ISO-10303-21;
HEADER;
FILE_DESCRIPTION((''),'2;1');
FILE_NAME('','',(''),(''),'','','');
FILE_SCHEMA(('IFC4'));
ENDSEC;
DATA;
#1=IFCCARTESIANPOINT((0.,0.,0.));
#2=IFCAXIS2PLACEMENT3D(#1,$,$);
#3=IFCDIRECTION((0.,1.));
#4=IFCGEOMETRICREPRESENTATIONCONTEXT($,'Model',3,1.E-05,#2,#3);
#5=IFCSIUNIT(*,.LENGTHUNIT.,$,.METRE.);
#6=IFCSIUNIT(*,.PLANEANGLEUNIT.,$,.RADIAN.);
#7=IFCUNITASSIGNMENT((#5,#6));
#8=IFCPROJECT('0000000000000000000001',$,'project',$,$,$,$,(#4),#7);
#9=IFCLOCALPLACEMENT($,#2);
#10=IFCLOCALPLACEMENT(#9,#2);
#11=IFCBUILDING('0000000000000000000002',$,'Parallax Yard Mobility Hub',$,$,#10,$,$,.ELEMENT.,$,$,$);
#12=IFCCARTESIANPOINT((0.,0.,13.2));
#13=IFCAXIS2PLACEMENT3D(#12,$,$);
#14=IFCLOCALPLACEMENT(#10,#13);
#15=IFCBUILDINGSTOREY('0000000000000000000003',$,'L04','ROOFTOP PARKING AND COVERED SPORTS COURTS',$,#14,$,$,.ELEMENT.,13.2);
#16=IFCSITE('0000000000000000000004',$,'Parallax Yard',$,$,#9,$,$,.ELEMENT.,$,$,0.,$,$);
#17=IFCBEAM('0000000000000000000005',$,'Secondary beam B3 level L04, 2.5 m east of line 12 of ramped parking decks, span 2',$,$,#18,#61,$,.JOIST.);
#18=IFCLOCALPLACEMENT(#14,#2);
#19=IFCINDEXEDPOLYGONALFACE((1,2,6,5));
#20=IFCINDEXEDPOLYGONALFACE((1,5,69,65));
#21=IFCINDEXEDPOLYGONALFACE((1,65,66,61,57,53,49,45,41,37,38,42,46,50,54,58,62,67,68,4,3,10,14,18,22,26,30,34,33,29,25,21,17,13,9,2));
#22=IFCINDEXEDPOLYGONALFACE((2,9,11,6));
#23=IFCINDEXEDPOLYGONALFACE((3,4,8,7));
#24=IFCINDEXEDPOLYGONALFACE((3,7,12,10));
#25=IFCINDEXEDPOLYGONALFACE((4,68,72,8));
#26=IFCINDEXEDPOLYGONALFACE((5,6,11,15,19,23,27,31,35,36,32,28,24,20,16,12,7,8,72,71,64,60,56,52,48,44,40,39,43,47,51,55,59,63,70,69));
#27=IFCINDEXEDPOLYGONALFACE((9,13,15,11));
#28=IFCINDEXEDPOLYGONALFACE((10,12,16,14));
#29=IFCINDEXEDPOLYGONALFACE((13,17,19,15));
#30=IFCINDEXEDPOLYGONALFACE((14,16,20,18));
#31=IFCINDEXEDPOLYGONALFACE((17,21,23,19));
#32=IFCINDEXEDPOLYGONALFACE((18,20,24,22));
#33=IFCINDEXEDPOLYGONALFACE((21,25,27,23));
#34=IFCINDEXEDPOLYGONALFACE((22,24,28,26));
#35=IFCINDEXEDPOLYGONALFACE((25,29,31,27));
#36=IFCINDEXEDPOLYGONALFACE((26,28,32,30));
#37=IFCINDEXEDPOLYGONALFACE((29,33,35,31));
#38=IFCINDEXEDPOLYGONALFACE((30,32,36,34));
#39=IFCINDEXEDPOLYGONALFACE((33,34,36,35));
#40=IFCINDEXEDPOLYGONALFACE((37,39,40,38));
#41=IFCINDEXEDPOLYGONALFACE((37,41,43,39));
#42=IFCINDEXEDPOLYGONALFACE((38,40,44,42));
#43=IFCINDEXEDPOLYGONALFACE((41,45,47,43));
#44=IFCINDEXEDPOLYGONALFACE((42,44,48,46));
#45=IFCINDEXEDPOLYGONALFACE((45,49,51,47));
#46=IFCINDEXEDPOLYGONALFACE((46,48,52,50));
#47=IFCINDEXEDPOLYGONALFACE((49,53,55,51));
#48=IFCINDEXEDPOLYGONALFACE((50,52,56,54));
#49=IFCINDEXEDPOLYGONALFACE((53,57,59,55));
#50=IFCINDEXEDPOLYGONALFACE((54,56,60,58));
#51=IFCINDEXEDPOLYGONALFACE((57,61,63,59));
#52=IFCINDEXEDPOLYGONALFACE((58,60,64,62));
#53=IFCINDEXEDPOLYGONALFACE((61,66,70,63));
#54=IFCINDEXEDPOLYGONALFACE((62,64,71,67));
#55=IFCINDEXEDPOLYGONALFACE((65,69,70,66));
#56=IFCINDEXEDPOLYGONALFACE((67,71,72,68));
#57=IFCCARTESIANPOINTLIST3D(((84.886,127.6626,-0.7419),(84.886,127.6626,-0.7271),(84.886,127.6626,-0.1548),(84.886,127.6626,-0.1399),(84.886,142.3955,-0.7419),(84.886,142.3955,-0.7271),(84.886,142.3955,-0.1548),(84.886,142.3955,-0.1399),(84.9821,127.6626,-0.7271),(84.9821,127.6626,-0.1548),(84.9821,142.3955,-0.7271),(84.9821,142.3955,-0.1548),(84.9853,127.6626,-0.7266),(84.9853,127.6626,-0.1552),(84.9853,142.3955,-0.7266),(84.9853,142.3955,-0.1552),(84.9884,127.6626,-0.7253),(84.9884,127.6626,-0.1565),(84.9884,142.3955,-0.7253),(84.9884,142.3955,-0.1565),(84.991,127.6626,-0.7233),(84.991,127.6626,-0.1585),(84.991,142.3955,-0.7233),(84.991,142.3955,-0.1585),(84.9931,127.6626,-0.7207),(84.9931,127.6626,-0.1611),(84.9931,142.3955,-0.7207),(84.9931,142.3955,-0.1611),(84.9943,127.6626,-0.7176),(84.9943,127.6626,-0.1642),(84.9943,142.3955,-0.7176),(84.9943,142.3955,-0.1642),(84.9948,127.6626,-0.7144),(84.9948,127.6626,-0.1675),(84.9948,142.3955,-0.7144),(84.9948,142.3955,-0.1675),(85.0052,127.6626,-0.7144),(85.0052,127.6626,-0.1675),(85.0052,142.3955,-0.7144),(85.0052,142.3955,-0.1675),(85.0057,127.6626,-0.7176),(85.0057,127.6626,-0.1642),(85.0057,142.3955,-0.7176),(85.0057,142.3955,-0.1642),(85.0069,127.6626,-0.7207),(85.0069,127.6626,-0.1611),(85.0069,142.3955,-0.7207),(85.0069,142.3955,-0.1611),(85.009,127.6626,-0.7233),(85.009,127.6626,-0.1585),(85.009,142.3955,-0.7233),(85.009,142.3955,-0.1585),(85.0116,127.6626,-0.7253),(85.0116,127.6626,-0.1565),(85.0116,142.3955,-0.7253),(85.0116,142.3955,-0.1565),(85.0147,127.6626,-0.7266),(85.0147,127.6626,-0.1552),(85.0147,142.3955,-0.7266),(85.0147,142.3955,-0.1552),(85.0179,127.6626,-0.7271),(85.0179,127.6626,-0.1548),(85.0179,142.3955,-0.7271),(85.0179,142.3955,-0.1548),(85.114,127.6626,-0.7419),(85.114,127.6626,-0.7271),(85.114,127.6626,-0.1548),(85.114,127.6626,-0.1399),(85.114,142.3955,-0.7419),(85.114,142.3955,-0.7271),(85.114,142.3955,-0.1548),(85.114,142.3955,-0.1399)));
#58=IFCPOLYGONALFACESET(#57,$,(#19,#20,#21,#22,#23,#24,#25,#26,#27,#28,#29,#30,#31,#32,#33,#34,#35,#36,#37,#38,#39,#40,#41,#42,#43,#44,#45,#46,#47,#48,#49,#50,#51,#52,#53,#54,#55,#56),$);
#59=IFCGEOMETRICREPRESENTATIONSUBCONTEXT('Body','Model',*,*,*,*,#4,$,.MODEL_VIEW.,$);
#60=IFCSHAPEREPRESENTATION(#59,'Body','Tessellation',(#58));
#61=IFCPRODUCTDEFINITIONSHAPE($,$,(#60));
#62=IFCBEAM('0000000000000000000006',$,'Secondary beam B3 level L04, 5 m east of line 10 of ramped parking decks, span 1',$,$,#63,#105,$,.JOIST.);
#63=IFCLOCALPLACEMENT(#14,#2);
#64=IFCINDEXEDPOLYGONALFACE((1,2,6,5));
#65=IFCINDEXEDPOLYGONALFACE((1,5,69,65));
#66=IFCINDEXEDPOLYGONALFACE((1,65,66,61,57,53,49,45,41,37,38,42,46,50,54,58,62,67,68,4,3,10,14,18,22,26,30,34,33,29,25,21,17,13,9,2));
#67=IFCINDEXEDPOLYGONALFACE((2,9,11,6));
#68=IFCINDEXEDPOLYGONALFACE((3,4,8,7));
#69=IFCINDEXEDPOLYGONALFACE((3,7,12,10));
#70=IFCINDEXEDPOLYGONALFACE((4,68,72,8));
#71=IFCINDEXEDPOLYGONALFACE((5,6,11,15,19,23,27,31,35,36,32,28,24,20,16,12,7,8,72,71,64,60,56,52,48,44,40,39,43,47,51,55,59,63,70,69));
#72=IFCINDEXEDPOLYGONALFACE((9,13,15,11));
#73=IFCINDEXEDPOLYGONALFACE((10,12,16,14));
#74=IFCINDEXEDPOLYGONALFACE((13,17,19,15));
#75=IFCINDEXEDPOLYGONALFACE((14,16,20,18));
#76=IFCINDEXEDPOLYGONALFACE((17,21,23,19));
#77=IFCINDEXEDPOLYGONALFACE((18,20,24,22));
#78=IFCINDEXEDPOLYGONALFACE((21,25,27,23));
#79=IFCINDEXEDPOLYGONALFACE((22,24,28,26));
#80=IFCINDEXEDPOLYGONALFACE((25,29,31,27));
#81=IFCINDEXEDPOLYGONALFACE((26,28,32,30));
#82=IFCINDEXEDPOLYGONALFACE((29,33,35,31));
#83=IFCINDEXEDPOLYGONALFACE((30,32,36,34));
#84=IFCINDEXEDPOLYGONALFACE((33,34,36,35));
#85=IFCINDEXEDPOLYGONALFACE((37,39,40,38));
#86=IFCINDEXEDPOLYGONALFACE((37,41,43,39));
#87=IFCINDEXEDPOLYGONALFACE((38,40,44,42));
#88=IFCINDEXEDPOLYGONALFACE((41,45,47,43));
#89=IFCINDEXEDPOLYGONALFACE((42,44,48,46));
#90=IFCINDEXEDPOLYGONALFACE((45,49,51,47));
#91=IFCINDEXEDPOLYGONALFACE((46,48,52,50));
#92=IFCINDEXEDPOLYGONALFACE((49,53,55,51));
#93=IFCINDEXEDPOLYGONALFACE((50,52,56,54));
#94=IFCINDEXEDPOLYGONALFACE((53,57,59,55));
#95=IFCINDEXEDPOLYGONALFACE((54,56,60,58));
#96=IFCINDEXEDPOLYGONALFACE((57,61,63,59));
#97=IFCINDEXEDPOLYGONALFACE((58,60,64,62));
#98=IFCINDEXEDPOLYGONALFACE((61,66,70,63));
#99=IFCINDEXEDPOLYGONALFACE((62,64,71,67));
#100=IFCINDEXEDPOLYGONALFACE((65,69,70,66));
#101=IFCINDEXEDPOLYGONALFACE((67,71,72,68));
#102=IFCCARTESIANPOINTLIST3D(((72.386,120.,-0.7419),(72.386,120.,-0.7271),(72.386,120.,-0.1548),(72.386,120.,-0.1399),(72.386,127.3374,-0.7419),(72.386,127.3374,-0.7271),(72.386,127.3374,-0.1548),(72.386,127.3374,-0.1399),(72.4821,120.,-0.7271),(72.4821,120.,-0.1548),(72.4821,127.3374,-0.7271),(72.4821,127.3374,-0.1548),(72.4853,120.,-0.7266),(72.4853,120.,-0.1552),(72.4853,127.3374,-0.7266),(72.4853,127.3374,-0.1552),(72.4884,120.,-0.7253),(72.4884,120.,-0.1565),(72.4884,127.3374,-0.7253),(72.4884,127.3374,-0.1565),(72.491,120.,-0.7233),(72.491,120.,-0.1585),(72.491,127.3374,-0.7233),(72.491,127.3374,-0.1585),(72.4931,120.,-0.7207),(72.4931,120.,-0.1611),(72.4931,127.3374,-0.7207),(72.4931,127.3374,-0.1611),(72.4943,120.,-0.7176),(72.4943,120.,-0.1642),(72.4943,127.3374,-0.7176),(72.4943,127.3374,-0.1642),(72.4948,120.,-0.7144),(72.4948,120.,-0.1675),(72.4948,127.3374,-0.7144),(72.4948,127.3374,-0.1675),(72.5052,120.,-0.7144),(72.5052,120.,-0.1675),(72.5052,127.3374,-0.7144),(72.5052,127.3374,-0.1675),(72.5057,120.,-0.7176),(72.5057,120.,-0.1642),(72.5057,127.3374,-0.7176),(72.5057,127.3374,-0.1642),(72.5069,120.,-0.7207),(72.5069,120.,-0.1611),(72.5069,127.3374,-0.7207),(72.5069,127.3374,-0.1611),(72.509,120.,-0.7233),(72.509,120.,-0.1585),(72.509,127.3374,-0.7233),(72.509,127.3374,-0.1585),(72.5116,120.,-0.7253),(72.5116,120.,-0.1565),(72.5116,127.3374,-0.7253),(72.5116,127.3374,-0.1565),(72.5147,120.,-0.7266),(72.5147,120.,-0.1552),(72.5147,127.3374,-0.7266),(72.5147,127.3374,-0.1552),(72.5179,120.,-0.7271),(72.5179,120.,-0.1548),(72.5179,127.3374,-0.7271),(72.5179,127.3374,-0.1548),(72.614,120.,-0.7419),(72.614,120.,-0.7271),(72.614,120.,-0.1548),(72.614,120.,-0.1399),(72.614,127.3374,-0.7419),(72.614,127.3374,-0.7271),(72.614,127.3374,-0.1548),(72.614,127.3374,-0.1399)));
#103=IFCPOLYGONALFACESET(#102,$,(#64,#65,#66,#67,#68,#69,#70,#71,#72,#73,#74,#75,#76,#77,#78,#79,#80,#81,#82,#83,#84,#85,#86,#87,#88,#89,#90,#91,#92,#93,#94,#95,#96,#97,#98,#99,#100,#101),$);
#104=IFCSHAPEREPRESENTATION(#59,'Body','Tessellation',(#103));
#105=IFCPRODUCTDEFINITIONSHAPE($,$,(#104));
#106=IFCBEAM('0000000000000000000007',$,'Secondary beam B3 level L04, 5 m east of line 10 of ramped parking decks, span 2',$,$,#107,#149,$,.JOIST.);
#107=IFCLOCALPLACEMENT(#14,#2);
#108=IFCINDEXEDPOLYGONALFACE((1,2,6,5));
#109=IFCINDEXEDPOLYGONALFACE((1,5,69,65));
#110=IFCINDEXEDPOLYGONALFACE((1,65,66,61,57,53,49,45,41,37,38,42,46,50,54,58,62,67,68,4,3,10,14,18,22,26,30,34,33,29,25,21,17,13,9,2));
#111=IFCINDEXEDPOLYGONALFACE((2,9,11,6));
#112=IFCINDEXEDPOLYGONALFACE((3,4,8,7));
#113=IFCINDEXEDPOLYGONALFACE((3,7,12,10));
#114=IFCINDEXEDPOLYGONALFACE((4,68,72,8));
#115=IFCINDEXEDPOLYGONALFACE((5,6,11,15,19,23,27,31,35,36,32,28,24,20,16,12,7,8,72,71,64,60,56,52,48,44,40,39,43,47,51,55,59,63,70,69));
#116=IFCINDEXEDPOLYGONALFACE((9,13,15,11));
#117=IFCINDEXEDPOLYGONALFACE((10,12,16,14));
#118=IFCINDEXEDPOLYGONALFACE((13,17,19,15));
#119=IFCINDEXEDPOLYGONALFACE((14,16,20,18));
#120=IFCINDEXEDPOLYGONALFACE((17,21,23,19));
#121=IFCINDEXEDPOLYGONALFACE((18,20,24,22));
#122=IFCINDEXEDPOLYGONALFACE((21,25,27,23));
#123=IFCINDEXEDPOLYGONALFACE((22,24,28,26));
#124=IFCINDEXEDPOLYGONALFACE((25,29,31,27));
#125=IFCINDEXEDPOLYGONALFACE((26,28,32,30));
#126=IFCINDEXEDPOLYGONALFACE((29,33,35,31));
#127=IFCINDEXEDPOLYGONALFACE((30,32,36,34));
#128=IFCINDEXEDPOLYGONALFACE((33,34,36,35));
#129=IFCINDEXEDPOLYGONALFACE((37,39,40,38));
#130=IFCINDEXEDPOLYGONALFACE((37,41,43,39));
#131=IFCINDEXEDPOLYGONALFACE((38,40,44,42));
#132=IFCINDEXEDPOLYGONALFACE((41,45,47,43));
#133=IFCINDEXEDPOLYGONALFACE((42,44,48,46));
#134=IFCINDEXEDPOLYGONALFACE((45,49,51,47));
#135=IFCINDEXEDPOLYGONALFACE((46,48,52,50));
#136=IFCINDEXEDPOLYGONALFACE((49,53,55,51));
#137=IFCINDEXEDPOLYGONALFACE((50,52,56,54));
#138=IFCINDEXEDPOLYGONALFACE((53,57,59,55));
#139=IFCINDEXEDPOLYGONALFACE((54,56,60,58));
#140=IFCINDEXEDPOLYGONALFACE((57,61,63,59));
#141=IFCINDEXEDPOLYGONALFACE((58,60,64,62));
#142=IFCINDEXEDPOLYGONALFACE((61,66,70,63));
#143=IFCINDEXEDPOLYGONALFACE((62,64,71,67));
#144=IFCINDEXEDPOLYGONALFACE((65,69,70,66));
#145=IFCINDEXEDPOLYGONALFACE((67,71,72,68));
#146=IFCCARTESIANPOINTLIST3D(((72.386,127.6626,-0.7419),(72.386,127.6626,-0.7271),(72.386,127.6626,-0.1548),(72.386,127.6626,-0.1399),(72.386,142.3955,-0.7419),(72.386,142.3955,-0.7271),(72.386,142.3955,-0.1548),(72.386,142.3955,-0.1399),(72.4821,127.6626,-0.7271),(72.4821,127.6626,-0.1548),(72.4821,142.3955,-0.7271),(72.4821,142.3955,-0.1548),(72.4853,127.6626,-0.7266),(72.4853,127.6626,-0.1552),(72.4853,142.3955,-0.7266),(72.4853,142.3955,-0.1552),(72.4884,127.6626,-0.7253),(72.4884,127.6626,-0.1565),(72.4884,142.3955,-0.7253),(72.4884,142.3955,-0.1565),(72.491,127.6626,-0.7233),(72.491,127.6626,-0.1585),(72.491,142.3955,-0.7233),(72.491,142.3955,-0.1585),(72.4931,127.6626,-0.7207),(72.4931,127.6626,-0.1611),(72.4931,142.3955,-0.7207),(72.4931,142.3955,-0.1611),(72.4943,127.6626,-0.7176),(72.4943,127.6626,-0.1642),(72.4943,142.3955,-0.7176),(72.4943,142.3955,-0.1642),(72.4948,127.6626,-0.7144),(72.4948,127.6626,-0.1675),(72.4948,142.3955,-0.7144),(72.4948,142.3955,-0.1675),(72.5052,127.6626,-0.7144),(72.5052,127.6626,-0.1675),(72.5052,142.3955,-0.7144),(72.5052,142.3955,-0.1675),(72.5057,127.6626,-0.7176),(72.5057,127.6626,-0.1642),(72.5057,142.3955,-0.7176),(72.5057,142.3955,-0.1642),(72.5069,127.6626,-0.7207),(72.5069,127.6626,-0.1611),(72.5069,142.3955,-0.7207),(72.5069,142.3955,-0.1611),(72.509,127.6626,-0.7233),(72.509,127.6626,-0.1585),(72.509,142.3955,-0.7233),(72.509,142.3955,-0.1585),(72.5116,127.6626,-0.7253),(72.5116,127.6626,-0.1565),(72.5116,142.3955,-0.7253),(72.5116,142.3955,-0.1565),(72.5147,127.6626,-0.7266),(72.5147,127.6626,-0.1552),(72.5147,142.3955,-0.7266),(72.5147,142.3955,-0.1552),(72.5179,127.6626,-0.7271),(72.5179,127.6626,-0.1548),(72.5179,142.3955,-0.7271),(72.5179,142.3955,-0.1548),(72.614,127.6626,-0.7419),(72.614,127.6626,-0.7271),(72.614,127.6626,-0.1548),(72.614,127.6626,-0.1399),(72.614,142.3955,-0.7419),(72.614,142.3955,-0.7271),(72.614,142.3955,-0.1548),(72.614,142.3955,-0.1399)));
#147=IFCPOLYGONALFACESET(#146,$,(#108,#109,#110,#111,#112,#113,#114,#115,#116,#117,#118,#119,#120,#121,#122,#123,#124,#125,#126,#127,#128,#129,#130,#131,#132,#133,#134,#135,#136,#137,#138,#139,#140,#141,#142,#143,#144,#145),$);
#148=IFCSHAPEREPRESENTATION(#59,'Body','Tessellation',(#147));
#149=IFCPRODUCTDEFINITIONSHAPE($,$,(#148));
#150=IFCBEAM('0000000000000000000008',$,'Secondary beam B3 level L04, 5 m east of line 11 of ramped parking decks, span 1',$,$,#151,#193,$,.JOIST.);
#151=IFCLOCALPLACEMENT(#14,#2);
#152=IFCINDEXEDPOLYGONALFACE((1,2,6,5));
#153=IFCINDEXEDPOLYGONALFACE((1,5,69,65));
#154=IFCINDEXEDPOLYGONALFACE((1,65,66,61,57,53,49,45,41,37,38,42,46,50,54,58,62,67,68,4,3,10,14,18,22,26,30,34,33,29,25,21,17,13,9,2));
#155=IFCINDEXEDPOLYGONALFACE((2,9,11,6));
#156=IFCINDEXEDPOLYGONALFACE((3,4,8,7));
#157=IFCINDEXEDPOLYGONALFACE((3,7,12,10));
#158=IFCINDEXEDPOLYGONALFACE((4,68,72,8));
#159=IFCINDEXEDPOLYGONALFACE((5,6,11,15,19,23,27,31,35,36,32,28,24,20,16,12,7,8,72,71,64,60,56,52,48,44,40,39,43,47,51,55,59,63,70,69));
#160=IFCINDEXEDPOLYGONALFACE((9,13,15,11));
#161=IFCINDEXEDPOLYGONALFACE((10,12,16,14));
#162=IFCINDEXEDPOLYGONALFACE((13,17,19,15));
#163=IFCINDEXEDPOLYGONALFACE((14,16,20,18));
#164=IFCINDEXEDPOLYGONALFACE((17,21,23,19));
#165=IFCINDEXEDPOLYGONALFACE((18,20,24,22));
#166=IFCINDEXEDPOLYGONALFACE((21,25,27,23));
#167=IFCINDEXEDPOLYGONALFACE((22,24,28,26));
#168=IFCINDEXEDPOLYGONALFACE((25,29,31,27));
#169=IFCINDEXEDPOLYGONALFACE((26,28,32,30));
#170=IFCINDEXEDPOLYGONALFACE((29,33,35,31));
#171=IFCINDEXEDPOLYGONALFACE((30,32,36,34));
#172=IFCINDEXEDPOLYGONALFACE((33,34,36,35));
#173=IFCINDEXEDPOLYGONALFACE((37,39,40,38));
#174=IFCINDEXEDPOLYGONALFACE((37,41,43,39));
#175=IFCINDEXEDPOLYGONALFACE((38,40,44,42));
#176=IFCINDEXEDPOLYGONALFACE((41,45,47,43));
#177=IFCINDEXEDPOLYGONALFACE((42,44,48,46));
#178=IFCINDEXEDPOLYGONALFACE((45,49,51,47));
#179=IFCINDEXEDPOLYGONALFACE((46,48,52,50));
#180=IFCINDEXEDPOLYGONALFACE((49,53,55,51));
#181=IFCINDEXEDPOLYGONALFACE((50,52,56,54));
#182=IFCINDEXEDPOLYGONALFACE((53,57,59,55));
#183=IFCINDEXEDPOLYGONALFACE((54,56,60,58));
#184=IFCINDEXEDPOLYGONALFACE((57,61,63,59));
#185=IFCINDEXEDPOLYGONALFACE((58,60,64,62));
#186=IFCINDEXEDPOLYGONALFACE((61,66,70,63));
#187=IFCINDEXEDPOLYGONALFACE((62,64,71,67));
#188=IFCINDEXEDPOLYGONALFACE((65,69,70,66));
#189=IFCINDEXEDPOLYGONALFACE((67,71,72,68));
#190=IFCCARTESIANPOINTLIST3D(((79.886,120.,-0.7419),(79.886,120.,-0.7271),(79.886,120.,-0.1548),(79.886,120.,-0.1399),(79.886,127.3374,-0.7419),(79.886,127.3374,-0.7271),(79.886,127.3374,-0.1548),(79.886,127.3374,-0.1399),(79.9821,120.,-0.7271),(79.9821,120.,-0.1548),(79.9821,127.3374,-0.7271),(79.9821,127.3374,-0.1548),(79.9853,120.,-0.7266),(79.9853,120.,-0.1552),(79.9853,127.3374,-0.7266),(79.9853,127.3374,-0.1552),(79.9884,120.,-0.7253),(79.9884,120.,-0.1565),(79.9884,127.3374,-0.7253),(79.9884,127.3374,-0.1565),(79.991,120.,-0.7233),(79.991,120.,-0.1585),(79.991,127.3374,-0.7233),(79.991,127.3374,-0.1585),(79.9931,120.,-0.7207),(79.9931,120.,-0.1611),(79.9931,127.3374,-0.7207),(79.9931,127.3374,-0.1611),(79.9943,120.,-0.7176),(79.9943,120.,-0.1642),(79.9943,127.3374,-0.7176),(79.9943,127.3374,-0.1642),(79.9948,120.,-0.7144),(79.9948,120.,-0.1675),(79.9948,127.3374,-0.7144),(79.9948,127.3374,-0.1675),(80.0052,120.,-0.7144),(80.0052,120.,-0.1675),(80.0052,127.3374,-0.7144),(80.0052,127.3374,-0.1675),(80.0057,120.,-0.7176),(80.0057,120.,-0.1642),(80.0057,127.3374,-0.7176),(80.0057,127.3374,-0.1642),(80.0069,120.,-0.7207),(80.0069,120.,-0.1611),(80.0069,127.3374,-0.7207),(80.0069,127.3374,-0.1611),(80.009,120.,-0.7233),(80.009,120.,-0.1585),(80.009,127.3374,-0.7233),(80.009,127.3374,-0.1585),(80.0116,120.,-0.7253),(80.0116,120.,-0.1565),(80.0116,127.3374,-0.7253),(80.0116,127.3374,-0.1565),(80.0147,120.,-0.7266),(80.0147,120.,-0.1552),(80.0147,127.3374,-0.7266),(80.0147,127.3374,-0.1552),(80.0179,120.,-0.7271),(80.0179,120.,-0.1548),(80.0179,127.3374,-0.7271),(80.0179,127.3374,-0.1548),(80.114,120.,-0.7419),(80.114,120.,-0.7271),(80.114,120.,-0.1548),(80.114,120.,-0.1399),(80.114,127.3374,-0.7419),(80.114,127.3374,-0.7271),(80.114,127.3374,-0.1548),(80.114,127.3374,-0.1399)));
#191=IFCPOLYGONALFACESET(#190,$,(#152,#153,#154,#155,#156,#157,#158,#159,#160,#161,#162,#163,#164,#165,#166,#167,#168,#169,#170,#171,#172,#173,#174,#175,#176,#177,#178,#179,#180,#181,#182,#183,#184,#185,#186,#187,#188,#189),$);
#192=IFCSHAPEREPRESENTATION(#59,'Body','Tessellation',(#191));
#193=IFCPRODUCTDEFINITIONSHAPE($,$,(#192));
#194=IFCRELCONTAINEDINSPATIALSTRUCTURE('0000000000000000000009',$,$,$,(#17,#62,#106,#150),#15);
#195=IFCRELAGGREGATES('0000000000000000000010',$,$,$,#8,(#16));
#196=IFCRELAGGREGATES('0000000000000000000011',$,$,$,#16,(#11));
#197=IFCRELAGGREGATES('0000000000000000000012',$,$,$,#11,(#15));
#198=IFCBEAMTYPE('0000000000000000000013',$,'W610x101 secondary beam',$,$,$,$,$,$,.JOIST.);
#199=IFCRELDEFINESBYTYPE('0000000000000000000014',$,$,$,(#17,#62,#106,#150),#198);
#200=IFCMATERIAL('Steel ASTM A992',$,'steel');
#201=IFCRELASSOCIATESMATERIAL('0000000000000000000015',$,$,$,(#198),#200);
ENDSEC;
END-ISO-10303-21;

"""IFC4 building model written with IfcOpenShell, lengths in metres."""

from ifc_helpers import new_model, si_unit, direction, frame, origin, origin_2d, place, context, subcontext, project, spatial, i_section, extrude, material, material_profile, profile_set, type_object, element, save


model = new_model("IFC4")

# Units and contexts
model_context = context("Model", 3, precision=1e-05, world=origin(), true_north=direction((0.0, 1.0)))
body_context = subcontext(model_context, "Body", "Model", "MODEL_VIEW")
ifc_project = project(units=[si_unit("LENGTHUNIT", "METRE"), si_unit("PLANEANGLEUNIT", "RADIAN")], contexts=[model_context])

# Site, building, storey
site_placement = place(None, origin())
site = spatial("IfcSite", under=ifc_project, at=site_placement, Name="Parallax Yard", CompositionType="ELEMENT", RefElevation=0.0)
building_placement = place(site_placement, origin())
building = spatial("IfcBuilding", under=site, at=building_placement, Name="Parallax Yard Mobility Hub", CompositionType="ELEMENT")
storey_placement = place(building_placement, frame((0.0, 0.0, 13.2)))
storey = spatial("IfcBuildingStorey", under=building, at=storey_placement, Name="L04", Description="ROOFTOP PARKING AND COVERED SPORTS COURTS", CompositionType="ELEMENT", Elevation=13.2)

# Beams
ifc_material_1 = material(Name="Steel ASTM A992", Category="steel")
ifc_material_profile_1 = material_profile(ifc_material_1, i_section(OverallWidth=0.228, OverallDepth=0.6021, WebThickness=0.0105, FlangeThickness=0.0149, FilletRadius=0.0127, at=origin_2d()), Name="W610x101")
ifc_profile_set_1 = profile_set([ifc_material_profile_1], Name="Steel ASTM A992")
beam_type_1 = type_object("IfcBeamType", Name="W610x101 secondary beam", PredefinedType="JOIST", material=ifc_profile_set_1)
for number, where, z_axis, x_axis, name in (
    (1, (85.0, 127.6626, -0.4409), (0.0, 1.0, 0.0), (-1.0, 0.0, 0.0), "Secondary beam B3 level L04, 2.5 m east of line 12 of ramped parking decks, span 2"),
):
    element("IfcBeam", number, at=place(storey_placement, frame(where, z_axis=z_axis, x_axis=x_axis)), inside=storey, type_object=beam_type_1, Name=name, PredefinedType="JOIST", context=body_context, shape_type="SweptSolid", body=[
        extrude(i_section(OverallWidth=0.228, OverallDepth=0.6021, WebThickness=0.0105, FlangeThickness=0.0149, FilletRadius=0.0127, at=origin_2d()), origin(), (0.0, 0.0, 1.0), 14.7329),
    ])
beam_1_placement = place(storey_placement, frame((72.5, 120.0, -0.4409), z_axis=(0.0, 1.0, 0.0), x_axis=(-1.0, 0.0, 0.0)))
element("IfcBeam", 2, at=beam_1_placement, inside=storey, type_object=beam_type_1, Name="Secondary beam B3 level L04, 5 m east of line 10 of ramped parking decks, span 1", PredefinedType="JOIST", context=body_context, shape_type="SweptSolid", body=[
    extrude(i_section(OverallWidth=0.228, OverallDepth=0.6021, WebThickness=0.0105, FlangeThickness=0.0149, FilletRadius=0.0127, at=origin_2d()), origin(), (0.0, 0.0, 1.0), 7.3374),
])
beam_2_placement = place(storey_placement, frame((72.5, 127.6626, -0.4409), z_axis=(0.0, 1.0, 0.0), x_axis=(-1.0, 0.0, 0.0)))
element("IfcBeam", 3, at=beam_2_placement, inside=storey, type_object=beam_type_1, Name="Secondary beam B3 level L04, 5 m east of line 10 of ramped parking decks, span 2", PredefinedType="JOIST", context=body_context, shape_type="SweptSolid", body=[
    extrude(i_section(OverallWidth=0.228, OverallDepth=0.6021, WebThickness=0.0105, FlangeThickness=0.0149, FilletRadius=0.0127, at=origin_2d()), origin(), (0.0, 0.0, 1.0), 14.7329),
])
beam_3_placement = place(storey_placement, frame((80.0, 120.0, -0.4409), z_axis=(0.0, 1.0, 0.0), x_axis=(-1.0, 0.0, 0.0)))
element("IfcBeam", 4, at=beam_3_placement, inside=storey, type_object=beam_type_1, Name="Secondary beam B3 level L04, 5 m east of line 11 of ramped parking decks, span 1", PredefinedType="JOIST", context=body_context, shape_type="SweptSolid", body=[
    extrude(i_section(OverallWidth=0.228, OverallDepth=0.6021, WebThickness=0.0105, FlangeThickness=0.0149, FilletRadius=0.0127, at=origin_2d()), origin(), (0.0, 0.0, 1.0), 7.3374),
])

save(model, "model.ifc")
